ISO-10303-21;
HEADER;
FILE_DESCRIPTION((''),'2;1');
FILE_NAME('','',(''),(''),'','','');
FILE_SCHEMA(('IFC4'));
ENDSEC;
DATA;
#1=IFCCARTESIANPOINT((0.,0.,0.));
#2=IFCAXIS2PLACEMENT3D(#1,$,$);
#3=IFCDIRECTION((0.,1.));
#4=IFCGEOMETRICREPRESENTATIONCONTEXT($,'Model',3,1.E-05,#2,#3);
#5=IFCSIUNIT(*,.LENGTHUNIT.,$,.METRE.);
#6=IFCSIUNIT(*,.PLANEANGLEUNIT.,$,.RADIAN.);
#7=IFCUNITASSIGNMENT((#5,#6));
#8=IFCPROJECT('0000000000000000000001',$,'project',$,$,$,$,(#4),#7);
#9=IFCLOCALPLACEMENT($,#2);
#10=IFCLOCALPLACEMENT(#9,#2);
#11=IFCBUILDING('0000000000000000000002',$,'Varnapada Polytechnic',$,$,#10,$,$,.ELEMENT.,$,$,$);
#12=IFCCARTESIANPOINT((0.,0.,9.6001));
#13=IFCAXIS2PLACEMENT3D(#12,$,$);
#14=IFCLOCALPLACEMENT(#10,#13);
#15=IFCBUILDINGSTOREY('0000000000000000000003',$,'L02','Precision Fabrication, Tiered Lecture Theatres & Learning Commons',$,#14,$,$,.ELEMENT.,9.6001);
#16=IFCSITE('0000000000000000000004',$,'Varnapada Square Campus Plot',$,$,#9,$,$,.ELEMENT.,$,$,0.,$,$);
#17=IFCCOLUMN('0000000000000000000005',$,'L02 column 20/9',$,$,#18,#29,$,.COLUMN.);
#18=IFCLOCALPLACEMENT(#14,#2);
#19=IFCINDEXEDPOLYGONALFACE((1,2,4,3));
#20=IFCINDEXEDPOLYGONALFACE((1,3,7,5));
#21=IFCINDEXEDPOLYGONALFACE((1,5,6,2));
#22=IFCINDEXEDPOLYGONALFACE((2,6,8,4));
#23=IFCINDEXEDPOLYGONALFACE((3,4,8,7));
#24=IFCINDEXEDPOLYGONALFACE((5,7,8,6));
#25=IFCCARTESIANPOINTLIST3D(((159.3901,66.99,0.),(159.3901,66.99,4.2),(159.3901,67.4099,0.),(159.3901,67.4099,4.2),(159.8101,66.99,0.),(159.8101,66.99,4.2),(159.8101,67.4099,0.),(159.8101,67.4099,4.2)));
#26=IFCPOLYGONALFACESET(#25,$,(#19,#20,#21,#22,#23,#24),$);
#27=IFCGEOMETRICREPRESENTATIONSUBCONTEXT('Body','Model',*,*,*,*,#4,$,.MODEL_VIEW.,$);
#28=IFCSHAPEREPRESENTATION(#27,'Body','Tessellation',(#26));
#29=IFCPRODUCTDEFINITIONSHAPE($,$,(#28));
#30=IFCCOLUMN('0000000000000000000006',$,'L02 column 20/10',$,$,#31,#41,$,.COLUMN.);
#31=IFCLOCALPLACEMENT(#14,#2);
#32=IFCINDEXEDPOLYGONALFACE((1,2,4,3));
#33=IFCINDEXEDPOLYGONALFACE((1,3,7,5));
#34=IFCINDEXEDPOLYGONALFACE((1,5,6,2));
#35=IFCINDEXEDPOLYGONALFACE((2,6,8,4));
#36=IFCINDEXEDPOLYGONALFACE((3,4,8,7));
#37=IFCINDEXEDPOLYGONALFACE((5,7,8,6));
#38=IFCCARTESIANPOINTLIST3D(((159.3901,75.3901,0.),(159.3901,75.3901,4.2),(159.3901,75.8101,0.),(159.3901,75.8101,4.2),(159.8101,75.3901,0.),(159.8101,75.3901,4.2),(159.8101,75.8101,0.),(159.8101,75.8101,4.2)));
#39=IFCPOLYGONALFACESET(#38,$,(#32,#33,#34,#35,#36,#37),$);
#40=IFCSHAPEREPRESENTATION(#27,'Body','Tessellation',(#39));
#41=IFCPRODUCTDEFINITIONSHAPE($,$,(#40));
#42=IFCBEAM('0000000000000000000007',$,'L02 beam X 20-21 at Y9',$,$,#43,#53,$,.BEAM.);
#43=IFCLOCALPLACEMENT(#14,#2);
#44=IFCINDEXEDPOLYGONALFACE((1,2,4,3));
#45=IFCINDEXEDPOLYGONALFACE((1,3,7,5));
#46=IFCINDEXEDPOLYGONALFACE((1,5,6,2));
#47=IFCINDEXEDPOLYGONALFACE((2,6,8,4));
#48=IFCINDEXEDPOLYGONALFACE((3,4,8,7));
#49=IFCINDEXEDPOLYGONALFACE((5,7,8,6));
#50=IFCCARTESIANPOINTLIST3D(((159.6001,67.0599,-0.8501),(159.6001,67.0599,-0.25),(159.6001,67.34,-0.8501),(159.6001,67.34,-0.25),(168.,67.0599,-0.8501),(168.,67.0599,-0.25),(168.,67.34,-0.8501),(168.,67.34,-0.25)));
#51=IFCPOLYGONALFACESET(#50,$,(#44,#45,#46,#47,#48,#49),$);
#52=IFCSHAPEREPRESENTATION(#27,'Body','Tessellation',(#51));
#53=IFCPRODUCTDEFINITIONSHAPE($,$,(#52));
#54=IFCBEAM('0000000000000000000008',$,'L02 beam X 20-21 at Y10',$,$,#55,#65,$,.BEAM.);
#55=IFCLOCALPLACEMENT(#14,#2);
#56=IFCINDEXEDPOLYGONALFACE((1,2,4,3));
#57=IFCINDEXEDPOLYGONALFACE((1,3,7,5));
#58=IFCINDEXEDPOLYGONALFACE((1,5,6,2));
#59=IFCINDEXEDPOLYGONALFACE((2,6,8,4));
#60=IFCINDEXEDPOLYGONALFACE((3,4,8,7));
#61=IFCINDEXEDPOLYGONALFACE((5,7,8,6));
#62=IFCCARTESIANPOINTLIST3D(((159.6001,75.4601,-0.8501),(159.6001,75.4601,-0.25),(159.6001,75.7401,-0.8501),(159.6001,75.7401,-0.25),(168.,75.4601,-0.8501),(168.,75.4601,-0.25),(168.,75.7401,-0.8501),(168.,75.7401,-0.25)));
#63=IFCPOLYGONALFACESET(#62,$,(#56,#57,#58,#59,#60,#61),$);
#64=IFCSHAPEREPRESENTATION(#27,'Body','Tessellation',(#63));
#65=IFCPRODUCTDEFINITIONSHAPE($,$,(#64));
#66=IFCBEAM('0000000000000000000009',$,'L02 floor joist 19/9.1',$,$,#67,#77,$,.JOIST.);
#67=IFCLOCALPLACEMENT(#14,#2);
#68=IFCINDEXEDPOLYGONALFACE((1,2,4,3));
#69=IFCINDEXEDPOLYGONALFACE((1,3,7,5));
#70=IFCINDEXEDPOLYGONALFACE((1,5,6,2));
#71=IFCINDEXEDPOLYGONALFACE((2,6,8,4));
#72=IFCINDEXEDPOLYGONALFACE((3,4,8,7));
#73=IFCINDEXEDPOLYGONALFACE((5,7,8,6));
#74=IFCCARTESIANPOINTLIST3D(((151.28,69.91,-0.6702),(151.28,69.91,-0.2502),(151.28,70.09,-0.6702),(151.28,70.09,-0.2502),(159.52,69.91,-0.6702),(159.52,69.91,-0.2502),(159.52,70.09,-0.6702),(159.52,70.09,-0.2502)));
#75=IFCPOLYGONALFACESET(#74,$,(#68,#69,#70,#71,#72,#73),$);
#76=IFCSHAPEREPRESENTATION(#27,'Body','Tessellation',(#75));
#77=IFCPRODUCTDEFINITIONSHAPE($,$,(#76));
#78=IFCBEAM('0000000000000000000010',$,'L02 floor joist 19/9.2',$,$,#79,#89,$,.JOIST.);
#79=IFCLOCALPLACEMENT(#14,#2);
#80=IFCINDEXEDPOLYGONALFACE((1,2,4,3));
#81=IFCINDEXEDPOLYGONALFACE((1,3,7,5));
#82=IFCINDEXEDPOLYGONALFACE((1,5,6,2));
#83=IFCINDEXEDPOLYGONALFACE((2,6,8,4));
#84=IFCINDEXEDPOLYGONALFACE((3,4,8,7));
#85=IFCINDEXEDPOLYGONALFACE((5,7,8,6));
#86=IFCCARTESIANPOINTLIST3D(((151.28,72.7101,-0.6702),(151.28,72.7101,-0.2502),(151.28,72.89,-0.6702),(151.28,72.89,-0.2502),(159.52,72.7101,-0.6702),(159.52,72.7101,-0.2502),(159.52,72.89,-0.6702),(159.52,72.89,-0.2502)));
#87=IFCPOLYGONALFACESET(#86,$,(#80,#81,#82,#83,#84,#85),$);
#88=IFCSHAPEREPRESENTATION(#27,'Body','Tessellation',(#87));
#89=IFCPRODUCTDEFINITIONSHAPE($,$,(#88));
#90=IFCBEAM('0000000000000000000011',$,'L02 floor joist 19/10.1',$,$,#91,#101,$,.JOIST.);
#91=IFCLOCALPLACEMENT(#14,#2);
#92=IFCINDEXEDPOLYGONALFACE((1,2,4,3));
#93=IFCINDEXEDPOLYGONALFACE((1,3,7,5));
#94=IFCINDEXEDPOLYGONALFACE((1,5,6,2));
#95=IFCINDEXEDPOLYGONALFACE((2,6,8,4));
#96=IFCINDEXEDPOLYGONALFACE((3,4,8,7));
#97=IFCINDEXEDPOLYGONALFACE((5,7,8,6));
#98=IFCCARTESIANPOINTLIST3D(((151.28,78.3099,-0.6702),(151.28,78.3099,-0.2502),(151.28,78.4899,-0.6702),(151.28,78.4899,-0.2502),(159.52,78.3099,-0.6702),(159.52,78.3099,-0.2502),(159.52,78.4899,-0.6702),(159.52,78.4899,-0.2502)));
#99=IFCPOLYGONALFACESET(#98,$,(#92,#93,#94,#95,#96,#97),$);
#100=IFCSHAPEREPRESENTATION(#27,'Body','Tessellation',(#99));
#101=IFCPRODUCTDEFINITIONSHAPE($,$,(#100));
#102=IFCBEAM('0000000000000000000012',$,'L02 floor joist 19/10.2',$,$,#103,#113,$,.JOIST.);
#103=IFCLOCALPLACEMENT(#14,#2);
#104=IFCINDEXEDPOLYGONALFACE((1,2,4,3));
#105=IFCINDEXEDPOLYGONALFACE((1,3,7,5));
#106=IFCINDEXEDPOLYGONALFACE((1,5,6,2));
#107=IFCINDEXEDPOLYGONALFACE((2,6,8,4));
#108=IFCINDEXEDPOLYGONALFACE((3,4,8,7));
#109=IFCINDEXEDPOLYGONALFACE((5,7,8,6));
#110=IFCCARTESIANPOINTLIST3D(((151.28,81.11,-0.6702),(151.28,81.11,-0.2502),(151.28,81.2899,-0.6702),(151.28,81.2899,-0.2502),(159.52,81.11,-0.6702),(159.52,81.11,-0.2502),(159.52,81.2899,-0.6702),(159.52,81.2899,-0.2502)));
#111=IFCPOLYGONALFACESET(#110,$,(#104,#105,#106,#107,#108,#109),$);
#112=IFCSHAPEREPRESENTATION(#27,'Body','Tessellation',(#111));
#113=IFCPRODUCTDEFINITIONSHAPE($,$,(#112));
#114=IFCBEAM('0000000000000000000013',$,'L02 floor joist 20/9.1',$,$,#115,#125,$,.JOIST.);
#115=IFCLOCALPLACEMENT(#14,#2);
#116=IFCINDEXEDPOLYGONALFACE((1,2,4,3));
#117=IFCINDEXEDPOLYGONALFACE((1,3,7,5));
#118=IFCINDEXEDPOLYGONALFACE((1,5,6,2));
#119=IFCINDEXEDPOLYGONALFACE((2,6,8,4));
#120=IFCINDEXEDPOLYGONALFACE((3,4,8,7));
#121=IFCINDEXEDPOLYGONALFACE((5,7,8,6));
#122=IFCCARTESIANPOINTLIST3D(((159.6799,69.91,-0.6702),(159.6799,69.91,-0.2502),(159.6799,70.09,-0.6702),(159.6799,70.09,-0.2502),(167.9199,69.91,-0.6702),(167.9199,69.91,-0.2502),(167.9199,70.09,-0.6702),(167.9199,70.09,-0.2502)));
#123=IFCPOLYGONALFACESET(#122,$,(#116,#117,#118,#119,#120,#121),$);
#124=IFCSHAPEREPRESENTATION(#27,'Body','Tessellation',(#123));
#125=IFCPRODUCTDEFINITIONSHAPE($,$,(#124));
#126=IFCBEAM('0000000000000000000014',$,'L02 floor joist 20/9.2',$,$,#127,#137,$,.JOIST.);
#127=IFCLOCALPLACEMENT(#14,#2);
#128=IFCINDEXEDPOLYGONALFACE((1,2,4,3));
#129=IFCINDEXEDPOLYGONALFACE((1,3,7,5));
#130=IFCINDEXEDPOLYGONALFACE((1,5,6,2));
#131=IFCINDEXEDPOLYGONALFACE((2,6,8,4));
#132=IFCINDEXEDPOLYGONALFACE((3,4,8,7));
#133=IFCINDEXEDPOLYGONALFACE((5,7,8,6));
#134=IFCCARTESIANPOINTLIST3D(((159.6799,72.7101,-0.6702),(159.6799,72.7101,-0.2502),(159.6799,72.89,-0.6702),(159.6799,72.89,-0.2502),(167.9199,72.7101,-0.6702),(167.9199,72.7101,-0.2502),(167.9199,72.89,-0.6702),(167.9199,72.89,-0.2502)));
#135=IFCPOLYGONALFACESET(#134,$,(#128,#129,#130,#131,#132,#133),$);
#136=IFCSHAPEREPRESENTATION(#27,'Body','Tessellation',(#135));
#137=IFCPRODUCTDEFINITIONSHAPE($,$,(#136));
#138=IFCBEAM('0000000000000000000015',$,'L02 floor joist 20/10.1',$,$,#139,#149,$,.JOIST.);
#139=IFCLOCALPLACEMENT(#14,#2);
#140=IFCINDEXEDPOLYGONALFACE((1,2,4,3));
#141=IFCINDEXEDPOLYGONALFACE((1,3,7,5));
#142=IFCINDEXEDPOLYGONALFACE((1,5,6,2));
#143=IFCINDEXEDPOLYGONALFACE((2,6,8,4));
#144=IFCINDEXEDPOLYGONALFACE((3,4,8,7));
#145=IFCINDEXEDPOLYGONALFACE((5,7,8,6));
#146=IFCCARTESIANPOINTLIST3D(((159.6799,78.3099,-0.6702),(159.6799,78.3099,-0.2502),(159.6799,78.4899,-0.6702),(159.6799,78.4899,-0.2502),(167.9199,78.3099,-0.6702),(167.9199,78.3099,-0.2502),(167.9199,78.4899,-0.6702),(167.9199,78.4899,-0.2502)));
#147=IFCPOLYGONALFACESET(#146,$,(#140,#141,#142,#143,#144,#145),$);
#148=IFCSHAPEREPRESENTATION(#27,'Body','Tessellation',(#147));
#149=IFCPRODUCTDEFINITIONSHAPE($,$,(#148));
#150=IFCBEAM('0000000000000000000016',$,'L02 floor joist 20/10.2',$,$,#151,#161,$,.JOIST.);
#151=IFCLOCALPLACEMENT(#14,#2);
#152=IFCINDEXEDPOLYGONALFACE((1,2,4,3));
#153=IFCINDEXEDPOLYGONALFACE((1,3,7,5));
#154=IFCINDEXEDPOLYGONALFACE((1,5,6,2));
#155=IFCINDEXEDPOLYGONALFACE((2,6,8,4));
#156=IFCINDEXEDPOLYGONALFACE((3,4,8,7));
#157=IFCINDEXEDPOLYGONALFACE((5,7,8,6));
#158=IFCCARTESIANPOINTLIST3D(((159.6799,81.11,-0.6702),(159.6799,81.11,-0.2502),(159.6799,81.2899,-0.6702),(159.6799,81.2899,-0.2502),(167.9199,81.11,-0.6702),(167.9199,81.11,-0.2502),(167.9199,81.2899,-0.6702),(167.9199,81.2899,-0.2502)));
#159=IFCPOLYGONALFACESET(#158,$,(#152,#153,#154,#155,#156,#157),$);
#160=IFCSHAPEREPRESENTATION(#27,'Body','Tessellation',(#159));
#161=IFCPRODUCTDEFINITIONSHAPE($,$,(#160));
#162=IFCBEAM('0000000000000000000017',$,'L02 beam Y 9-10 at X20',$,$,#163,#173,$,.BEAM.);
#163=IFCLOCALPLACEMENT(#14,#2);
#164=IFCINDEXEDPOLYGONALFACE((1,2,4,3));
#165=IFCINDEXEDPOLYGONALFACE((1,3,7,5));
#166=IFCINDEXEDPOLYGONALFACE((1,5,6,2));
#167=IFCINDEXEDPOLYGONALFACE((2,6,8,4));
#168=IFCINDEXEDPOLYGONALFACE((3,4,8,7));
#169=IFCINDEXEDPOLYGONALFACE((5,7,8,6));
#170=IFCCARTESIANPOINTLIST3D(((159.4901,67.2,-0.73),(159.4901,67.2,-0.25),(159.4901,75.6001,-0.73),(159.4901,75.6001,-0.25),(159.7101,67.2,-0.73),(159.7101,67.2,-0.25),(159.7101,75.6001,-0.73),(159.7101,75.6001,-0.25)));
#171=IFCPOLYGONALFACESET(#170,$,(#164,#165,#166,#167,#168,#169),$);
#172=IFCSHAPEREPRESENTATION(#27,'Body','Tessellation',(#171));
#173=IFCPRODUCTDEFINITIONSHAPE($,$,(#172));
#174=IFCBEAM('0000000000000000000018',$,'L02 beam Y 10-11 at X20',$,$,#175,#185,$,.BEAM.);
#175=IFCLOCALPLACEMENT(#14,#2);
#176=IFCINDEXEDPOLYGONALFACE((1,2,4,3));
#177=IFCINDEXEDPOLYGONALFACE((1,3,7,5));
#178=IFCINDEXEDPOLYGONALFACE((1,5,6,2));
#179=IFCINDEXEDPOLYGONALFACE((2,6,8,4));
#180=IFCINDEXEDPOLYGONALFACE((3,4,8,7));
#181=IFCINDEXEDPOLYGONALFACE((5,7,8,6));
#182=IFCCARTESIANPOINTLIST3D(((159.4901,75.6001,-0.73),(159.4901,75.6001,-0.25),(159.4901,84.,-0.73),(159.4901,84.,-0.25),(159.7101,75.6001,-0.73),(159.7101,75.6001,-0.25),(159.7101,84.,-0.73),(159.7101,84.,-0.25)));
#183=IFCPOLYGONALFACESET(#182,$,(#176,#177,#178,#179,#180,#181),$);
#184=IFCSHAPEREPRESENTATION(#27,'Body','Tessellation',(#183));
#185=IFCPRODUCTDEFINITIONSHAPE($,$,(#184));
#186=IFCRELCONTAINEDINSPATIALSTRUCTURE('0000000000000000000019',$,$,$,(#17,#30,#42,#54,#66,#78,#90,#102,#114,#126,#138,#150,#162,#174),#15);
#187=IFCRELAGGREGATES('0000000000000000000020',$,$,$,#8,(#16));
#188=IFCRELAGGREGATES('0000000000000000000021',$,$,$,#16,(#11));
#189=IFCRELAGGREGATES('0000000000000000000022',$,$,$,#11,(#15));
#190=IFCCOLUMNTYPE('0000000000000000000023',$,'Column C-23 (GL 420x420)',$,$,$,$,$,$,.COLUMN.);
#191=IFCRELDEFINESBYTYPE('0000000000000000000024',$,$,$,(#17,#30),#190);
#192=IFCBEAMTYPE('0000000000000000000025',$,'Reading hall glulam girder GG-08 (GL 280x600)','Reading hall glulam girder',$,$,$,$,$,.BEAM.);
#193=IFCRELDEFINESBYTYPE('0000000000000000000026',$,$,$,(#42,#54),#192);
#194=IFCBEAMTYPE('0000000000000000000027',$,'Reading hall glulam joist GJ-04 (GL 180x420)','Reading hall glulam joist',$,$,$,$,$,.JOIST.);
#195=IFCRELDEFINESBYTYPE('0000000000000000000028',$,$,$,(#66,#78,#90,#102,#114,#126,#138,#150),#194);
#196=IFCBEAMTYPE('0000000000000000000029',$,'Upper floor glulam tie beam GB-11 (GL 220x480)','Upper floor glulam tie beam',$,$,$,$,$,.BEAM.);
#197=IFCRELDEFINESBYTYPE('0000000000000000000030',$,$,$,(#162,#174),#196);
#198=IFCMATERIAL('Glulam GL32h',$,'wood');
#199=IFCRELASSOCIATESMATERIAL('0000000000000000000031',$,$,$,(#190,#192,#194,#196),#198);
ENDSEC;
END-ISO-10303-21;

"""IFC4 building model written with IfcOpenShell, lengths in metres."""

from ifc_helpers import new_model, si_unit, direction, frame, origin, origin_2d, place, context, subcontext, project, spatial, rectangle, extrude, material, material_profile, profile_set, type_object, element, save


model = new_model("IFC4")

# Units and contexts
model_context = context("Model", 3, precision=1e-05, world=origin(), true_north=direction((0.0, 1.0)))
body_context = subcontext(model_context, "Body", "Model", "MODEL_VIEW")
ifc_project = project(units=[si_unit("LENGTHUNIT", "METRE"), si_unit("PLANEANGLEUNIT", "RADIAN")], contexts=[model_context])

# Site, building, storey
site_placement = place(None, origin())
site = spatial("IfcSite", under=ifc_project, at=site_placement, Name="Varnapada Square Campus Plot", CompositionType="ELEMENT", RefElevation=0.0)
building_placement = place(site_placement, origin())
building = spatial("IfcBuilding", under=site, at=building_placement, Name="Varnapada Polytechnic", CompositionType="ELEMENT")
storey_placement = place(building_placement, frame((0.0, 0.0, 9.6001)))
storey = spatial("IfcBuildingStorey", under=building, at=storey_placement, Name="L02", Description="Precision Fabrication, Tiered Lecture Theatres & Learning Commons", CompositionType="ELEMENT", Elevation=9.6001)

# Columns
ifc_material_1 = material(Name="Glulam GL32h", Category="wood")
ifc_material_profile_1 = material_profile(ifc_material_1, rectangle(XDim=0.4199, YDim=0.4199, at=origin_2d()), Name="GL 420x420")
ifc_profile_set_1 = profile_set([ifc_material_profile_1], Name="Glulam GL32h")
column_type = type_object("IfcColumnType", Name="Column C-23 (GL 420x420)", PredefinedType="COLUMN", material=ifc_profile_set_1)
for number, where, z_axis, x_axis, name in (
    (1, (159.6001, 67.2, 0.0), (0.0, 0.0, 1.0), (1.0, 0.0, 0.0), "L02 column 20/9"),
    (2, (159.6001, 75.6001, 0.0), (0.0, 0.0, 1.0), (1.0, 0.0, 0.0), "L02 column 20/10"),
):
    element("IfcColumn", number, at=place(storey_placement, frame(where, z_axis=z_axis, x_axis=x_axis)), inside=storey, type_object=column_type, Name=name, PredefinedType="COLUMN", context=body_context, shape_type="SweptSolid", body=[
        extrude(rectangle(XDim=0.4199, YDim=0.4199, at=origin_2d()), origin(), (0.0, 0.0, 1.0), 4.2),
    ])

# Beams
ifc_material_profile_2 = material_profile(ifc_material_1, rectangle(XDim=0.28, YDim=0.6001, at=origin_2d()), Name="GL 280x600")
ifc_profile_set_2 = profile_set([ifc_material_profile_2], Name="Glulam GL32h")
beam_type_1 = type_object("IfcBeamType", Name="Reading hall glulam girder GG-08 (GL 280x600)", Description="Reading hall glulam girder", PredefinedType="BEAM", material=ifc_profile_set_2)
for number, where, z_axis, x_axis, name in (
    (3, (159.6001, 67.2, -0.55), (1.0, 0.0, 0.0), (0.0, 1.0, 0.0), "L02 beam X 20-21 at Y9"),
    (4, (159.6001, 75.6001, -0.55), (1.0, 0.0, 0.0), (0.0, 1.0, 0.0), "L02 beam X 20-21 at Y10"),
):
    element("IfcBeam", number, at=place(storey_placement, frame(where, z_axis=z_axis, x_axis=x_axis)), inside=storey, type_object=beam_type_1, Name=name, PredefinedType="BEAM", context=body_context, shape_type="SweptSolid", body=[
        extrude(rectangle(XDim=0.28, YDim=0.6001, at=origin_2d()), origin(), (0.0, 0.0, 1.0), 8.3999),
    ])
ifc_material_profile_3 = material_profile(ifc_material_1, rectangle(XDim=0.1799, YDim=0.4199, at=origin_2d()), Name="GL 180x420")
ifc_profile_set_3 = profile_set([ifc_material_profile_3], Name="Glulam GL32h")
beam_type_2 = type_object("IfcBeamType", Name="Reading hall glulam joist GJ-04 (GL 180x420)", Description="Reading hall glulam joist", PredefinedType="JOIST", material=ifc_profile_set_3)
for number, where, z_axis, x_axis, name in (
    (5, (151.28, 70.0, -0.4602), (1.0, 0.0, 0.0), (0.0, 1.0, 0.0), "L02 floor joist 19/9.1"),
    (6, (151.28, 72.8, -0.4602), (1.0, 0.0, 0.0), (0.0, 1.0, 0.0), "L02 floor joist 19/9.2"),
    (7, (151.28, 78.3999, -0.4602), (1.0, 0.0, 0.0), (0.0, 1.0, 0.0), "L02 floor joist 19/10.1"),
    (8, (151.28, 81.2, -0.4602), (1.0, 0.0, 0.0), (0.0, 1.0, 0.0), "L02 floor joist 19/10.2"),
    (9, (159.6799, 70.0, -0.4602), (1.0, 0.0, 0.0), (0.0, 1.0, 0.0), "L02 floor joist 20/9.1"),
    (10, (159.6799, 72.8, -0.4602), (1.0, 0.0, 0.0), (0.0, 1.0, 0.0), "L02 floor joist 20/9.2"),
    (11, (159.6799, 78.3999, -0.4602), (1.0, 0.0, 0.0), (0.0, 1.0, 0.0), "L02 floor joist 20/10.1"),
    (12, (159.6799, 81.2, -0.4602), (1.0, 0.0, 0.0), (0.0, 1.0, 0.0), "L02 floor joist 20/10.2"),
):
    element("IfcBeam", number, at=place(storey_placement, frame(where, z_axis=z_axis, x_axis=x_axis)), inside=storey, type_object=beam_type_2, Name=name, PredefinedType="JOIST", context=body_context, shape_type="SweptSolid", body=[
        extrude(rectangle(XDim=0.1799, YDim=0.4199, at=origin_2d()), origin(), (0.0, 0.0, 1.0), 8.24),
    ])
ifc_material_profile_4 = material_profile(ifc_material_1, rectangle(XDim=0.22, YDim=0.48, at=origin_2d()), Name="GL 220x480")
ifc_profile_set_4 = profile_set([ifc_material_profile_4], Name="Glulam GL32h")
beam_type_3 = type_object("IfcBeamType", Name="Upper floor glulam tie beam GB-11 (GL 220x480)", Description="Upper floor glulam tie beam", PredefinedType="BEAM", material=ifc_profile_set_4)
beam_1_placement = place(storey_placement, frame((159.6001, 67.2, -0.49), z_axis=(0.0, 1.0, 0.0), x_axis=(-1.0, 0.0, 0.0)))
element("IfcBeam", 13, at=beam_1_placement, inside=storey, type_object=beam_type_3, Name="L02 beam Y 9-10 at X20", PredefinedType="BEAM", context=body_context, shape_type="SweptSolid", body=[
    extrude(rectangle(XDim=0.22, YDim=0.48, at=origin_2d()), origin(), (0.0, 0.0, 1.0), 8.4001),
])
beam_2_placement = place(storey_placement, frame((159.6001, 75.6001, -0.49), z_axis=(0.0, 1.0, 0.0), x_axis=(-1.0, 0.0, 0.0)))
element("IfcBeam", 14, at=beam_2_placement, inside=storey, type_object=beam_type_3, Name="L02 beam Y 10-11 at X20", PredefinedType="BEAM", context=body_context, shape_type="SweptSolid", body=[
    extrude(rectangle(XDim=0.22, YDim=0.48, at=origin_2d()), origin(), (0.0, 0.0, 1.0), 8.3999),
])

save(model, "model.ifc")
